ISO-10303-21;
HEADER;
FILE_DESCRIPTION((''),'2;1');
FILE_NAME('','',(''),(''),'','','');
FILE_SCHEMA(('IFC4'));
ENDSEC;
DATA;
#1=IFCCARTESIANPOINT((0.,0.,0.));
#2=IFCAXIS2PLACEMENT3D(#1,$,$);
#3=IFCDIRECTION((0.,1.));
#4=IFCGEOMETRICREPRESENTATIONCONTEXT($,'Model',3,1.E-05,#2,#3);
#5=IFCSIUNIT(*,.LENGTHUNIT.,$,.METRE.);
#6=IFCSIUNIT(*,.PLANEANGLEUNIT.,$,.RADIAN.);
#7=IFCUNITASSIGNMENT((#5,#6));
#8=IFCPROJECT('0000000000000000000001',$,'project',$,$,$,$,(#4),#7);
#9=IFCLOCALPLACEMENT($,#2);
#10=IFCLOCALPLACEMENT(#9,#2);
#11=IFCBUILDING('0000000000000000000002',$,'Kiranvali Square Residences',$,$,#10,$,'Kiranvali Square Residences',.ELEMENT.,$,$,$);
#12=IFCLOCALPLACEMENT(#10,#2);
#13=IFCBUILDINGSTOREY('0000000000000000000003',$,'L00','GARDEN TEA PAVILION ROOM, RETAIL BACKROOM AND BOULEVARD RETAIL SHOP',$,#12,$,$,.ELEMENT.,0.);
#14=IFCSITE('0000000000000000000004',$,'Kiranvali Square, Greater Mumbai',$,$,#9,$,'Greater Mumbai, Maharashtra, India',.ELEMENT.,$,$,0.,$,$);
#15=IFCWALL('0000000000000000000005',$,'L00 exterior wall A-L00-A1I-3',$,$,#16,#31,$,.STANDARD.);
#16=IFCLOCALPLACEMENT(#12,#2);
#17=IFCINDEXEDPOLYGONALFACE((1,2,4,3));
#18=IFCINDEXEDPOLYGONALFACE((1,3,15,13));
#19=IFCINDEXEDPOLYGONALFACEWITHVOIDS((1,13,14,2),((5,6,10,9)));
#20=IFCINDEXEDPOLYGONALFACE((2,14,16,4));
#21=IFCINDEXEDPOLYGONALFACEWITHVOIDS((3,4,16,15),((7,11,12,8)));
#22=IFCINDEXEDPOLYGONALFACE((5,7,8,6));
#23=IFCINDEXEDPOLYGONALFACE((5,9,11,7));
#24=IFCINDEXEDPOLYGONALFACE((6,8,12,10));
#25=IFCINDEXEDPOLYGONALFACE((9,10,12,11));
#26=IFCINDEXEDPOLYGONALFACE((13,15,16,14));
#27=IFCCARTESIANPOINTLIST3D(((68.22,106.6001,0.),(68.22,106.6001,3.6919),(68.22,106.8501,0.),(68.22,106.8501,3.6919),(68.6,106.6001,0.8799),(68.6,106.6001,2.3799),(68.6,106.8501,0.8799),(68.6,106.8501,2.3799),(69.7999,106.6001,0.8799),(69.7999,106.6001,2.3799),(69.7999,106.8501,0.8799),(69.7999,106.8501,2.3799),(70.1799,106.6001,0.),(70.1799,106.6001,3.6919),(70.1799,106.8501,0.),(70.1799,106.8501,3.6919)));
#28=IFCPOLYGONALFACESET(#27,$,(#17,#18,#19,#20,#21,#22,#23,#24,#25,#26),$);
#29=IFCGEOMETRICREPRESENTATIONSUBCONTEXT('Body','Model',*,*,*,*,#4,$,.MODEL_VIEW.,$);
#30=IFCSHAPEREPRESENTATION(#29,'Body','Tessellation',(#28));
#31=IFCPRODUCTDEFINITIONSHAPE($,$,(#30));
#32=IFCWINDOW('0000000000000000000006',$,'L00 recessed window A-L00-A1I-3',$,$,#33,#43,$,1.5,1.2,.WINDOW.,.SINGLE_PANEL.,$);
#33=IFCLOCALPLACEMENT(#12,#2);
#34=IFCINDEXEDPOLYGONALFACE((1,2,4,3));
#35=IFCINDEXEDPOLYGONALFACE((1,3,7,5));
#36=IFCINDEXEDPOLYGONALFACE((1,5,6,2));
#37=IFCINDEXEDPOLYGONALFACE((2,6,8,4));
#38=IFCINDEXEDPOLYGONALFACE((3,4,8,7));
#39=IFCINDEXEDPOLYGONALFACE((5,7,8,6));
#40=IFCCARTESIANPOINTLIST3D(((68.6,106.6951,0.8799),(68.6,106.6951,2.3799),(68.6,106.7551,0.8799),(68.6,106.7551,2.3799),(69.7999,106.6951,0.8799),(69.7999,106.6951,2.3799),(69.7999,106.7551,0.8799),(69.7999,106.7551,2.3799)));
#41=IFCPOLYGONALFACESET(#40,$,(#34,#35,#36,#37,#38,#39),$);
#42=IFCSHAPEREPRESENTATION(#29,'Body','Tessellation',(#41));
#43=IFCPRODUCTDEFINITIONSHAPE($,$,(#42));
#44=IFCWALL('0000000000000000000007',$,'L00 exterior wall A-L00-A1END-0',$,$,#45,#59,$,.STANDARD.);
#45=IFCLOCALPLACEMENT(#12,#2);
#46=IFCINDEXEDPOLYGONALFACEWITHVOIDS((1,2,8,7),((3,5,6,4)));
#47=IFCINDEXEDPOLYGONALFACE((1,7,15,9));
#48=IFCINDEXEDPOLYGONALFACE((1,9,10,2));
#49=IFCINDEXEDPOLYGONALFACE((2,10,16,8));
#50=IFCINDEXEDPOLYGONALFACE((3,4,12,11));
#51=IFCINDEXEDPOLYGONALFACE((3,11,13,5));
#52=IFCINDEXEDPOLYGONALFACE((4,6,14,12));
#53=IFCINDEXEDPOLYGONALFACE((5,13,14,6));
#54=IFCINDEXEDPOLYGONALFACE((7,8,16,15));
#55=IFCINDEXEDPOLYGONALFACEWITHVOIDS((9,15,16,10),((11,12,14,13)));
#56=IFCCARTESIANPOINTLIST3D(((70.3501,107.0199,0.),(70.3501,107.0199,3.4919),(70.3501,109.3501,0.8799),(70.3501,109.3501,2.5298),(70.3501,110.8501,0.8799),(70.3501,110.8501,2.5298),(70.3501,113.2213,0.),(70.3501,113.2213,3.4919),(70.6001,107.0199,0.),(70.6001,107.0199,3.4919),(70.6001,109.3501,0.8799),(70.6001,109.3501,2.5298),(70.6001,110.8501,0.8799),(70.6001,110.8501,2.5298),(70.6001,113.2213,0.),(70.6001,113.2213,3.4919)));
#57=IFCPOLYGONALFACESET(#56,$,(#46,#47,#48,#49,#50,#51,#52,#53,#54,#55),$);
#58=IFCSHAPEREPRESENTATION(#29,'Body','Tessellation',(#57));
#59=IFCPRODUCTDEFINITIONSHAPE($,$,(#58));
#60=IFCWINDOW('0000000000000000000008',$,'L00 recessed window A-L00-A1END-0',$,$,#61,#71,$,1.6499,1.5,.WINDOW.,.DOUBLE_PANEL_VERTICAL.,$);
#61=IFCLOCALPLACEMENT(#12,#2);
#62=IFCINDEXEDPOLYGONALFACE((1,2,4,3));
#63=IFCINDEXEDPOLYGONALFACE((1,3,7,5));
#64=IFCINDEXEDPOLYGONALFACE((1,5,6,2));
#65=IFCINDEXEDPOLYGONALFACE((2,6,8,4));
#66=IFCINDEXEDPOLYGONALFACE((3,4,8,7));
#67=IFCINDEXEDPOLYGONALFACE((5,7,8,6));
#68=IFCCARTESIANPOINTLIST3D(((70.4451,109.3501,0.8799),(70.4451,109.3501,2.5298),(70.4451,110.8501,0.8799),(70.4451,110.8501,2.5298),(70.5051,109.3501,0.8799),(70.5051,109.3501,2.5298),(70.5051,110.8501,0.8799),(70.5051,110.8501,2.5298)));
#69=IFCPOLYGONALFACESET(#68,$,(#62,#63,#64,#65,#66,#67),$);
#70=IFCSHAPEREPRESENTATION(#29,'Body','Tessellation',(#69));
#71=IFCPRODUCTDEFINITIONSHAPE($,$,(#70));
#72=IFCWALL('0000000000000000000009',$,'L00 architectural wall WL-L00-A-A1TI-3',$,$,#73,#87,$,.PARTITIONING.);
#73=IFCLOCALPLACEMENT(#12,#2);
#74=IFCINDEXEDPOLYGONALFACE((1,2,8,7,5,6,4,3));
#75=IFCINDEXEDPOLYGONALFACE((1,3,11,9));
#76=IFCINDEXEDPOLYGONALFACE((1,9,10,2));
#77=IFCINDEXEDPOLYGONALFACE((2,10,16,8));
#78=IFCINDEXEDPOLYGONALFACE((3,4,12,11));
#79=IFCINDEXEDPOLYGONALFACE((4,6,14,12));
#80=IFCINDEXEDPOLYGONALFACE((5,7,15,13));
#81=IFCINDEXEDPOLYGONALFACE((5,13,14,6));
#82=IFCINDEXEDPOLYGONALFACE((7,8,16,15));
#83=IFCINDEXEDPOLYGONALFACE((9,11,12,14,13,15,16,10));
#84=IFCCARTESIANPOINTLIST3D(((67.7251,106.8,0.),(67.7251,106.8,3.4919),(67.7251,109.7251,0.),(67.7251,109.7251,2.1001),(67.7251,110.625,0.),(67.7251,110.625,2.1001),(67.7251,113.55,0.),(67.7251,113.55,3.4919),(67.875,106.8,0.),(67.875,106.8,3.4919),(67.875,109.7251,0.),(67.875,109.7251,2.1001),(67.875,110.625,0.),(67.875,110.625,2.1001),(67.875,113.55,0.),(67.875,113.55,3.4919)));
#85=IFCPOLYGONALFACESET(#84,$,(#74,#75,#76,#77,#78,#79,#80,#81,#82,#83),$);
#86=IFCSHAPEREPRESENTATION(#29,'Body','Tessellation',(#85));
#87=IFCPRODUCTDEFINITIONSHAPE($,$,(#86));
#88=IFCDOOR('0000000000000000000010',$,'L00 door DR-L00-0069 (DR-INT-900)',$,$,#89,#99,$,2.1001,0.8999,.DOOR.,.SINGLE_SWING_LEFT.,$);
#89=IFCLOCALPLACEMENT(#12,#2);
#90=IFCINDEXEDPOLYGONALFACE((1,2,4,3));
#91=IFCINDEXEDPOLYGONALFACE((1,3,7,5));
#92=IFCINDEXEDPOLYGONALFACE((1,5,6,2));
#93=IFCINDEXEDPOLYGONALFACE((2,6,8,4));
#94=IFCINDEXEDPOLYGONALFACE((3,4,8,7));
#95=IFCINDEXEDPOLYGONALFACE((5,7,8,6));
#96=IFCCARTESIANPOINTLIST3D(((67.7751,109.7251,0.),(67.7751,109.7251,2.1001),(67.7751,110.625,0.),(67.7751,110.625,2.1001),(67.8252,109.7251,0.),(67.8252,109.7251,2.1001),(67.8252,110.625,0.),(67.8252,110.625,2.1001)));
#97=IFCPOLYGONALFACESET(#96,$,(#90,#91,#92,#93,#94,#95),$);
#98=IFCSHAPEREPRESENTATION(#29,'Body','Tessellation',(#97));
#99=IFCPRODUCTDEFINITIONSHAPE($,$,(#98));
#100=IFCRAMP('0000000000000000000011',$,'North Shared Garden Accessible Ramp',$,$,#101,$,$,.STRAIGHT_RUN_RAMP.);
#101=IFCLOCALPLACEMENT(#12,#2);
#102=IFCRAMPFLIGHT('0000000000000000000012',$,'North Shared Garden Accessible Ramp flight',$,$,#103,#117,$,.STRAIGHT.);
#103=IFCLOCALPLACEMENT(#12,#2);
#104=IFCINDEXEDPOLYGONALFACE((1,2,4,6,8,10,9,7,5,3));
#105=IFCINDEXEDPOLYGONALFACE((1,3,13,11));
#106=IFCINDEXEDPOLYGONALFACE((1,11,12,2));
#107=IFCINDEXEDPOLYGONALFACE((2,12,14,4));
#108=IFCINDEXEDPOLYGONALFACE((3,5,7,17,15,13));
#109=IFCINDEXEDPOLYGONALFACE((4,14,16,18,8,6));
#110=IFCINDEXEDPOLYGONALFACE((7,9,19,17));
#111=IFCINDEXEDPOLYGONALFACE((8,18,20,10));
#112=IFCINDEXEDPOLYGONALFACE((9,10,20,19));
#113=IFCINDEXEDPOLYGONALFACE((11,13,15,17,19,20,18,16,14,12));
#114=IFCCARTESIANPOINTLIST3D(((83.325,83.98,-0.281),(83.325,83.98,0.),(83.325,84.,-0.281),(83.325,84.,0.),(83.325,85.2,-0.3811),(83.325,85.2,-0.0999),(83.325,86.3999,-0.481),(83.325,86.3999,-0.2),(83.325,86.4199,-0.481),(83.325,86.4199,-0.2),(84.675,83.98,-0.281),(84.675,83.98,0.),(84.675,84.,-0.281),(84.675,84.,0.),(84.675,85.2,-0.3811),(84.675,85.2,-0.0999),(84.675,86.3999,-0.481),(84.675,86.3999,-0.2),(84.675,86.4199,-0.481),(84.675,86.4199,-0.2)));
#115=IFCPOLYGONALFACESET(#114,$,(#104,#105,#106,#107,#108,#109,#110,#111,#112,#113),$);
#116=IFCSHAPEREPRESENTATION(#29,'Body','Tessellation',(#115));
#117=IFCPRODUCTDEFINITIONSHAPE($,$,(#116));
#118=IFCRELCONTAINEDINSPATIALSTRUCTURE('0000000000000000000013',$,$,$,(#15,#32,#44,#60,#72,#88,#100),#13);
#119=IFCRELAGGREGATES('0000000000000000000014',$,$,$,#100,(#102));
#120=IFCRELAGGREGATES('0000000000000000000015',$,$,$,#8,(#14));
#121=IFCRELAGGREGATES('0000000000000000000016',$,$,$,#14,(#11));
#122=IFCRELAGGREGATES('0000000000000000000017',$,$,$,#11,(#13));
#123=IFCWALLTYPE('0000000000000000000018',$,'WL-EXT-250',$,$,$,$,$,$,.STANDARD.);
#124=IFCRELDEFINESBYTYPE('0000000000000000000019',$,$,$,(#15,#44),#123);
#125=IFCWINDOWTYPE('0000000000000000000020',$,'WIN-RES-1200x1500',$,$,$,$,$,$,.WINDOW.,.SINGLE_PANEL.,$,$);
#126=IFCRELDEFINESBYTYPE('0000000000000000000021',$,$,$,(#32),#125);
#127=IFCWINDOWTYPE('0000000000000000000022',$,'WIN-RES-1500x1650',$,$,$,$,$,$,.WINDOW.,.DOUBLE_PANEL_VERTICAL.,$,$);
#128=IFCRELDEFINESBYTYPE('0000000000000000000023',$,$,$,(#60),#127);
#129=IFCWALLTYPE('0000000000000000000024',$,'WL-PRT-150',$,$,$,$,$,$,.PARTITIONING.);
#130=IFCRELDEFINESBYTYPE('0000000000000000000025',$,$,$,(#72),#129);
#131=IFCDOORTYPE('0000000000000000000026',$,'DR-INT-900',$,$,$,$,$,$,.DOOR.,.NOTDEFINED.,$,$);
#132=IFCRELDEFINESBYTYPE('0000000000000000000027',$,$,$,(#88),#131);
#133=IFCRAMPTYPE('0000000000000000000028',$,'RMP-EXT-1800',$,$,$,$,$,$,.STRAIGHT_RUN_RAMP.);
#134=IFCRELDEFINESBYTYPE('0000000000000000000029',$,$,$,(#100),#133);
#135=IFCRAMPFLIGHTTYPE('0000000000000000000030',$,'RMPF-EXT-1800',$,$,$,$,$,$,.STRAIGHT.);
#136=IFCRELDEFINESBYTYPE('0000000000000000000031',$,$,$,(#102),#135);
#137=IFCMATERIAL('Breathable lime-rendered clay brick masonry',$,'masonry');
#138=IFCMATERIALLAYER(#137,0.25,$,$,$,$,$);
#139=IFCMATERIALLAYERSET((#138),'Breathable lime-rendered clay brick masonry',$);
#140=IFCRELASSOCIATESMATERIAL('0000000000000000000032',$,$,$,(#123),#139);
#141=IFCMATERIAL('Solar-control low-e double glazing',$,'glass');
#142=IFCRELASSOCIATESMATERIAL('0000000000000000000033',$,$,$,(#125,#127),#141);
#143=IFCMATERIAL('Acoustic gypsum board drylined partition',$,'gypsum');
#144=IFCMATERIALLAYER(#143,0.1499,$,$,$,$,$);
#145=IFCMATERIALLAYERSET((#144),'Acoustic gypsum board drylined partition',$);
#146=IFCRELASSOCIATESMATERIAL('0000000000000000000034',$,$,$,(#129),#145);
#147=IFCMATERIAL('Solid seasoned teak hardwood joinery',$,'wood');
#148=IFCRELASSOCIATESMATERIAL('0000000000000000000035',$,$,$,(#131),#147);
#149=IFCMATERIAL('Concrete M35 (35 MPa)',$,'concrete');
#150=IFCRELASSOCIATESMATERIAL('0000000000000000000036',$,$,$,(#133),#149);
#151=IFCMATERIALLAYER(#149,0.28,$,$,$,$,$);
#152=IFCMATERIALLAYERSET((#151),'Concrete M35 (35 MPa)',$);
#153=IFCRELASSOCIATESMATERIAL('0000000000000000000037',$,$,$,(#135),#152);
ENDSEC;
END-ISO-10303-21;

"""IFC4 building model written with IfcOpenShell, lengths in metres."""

from ifc_helpers import new_model, si_unit, direction, frame, frame_2d, origin, place, context, subcontext, project, spatial, polyline, rectangle, outline, extrude, material, layer, layer_set, type_object, element, fill, aggregate, save


model = new_model("IFC4")

# Units and contexts
model_context = context("Model", 3, precision=1e-05, world=origin(), true_north=direction((0.0, 1.0)))
body_context = subcontext(model_context, "Body", "Model", "MODEL_VIEW")
ifc_project = project(units=[si_unit("LENGTHUNIT", "METRE"), si_unit("PLANEANGLEUNIT", "RADIAN")], contexts=[model_context])

# Site, building, storey
site_placement = place(None, origin())
site = spatial("IfcSite", under=ifc_project, at=site_placement, Name="Kiranvali Square, Greater Mumbai", LongName="Greater Mumbai, Maharashtra, India", CompositionType="ELEMENT", RefElevation=0.0)
building_placement = place(site_placement, origin())
building = spatial("IfcBuilding", under=site, at=building_placement, Name="Kiranvali Square Residences", LongName="Kiranvali Square Residences", CompositionType="ELEMENT")
storey_placement = place(building_placement, origin())
storey = spatial("IfcBuildingStorey", under=building, at=storey_placement, Name="L00", Description="GARDEN TEA PAVILION ROOM, RETAIL BACKROOM AND BOULEVARD RETAIL SHOP", CompositionType="ELEMENT", Elevation=0.0)

# Walls, openings, windows
ifc_material_1 = material(Name="Breathable lime-rendered clay brick masonry", Category="masonry")
ifc_layer_1 = layer(ifc_material_1, 0.25)
ifc_layer_set_1 = layer_set([ifc_layer_1], Name="Breathable lime-rendered clay brick masonry")
wall_type_1 = type_object("IfcWallType", Name="WL-EXT-250", PredefinedType="STANDARD", material=ifc_layer_set_1)
ifc_material_2 = material(Name="Solar-control low-e double glazing", Category="glass")
window_type_1 = type_object("IfcWindowType", Name="WIN-RES-1200x1500", PartitioningType="SINGLE_PANEL", PredefinedType="WINDOW", material=ifc_material_2)
wall_1_placement = place(storey_placement, frame((68.22, 106.7251, 0.0), z_axis=(0.0, 0.0, 1.0), x_axis=(1.0, 0.0, 0.0)))
wall_1 = element("IfcWall", 1, at=wall_1_placement, inside=storey, type_object=wall_type_1, Name="L00 exterior wall A-L00-A1I-3", PredefinedType="STANDARD", context=body_context, shape_type="SweptSolid", body=[
    extrude(rectangle(XDim=1.96, YDim=0.25, at=frame_2d((0.98, 0.0))), origin(), (0.0, 0.0, 1.0), 3.6919),
])
opening_1_placement = place(wall_1_placement, frame((0.3799, 0.0, 0.8799)))
opening_1 = element("IfcOpeningElement", 2, at=opening_1_placement, cuts=wall_1, PredefinedType="OPENING", context=body_context, shape_type="SweptSolid", body=[
    extrude(rectangle(XDim=1.2, YDim=1.5, at=frame_2d((0.6001, 0.75))), frame((0.0, 0.135, 0.0), z_axis=(0.0, -1.0, 0.0), x_axis=(1.0, 0.0, 0.0)), (0.0, 0.0, 1.0), 0.27),
])
window_1_placement = place(opening_1_placement, origin())
window_1 = element("IfcWindow", 3, at=window_1_placement, inside=storey, type_object=window_type_1, Name="L00 recessed window A-L00-A1I-3", OverallHeight=1.5, OverallWidth=1.2, PartitioningType="SINGLE_PANEL", PredefinedType="WINDOW", context=body_context, shape_type="SweptSolid", body=[
    extrude(rectangle(XDim=1.2, YDim=1.5, at=frame_2d((0.6001, 0.75))), frame((0.0, 0.03, 0.0), z_axis=(0.0, -1.0, 0.0), x_axis=(1.0, 0.0, 0.0)), (0.0, 0.0, 1.0), 0.0601),
])
fill(opening_1, window_1)
wall_2_placement = place(storey_placement, frame((70.4751, 107.02, 0.0), z_axis=(0.0, 0.0, 1.0), x_axis=(0.0, 1.0, 0.0)))
wall_2 = element("IfcWall", 4, at=wall_2_placement, inside=storey, type_object=wall_type_1, Name="L00 exterior wall A-L00-A1END-0", PredefinedType="STANDARD", context=body_context, shape_type="SweptSolid", body=[
    extrude(rectangle(XDim=6.2014, YDim=0.25, at=frame_2d((3.1006, 0.0))), origin(), (0.0, 0.0, 1.0), 3.4919),
])
opening_2_placement = place(wall_2_placement, frame((2.3301, 0.0, 0.8799)))
opening_2 = element("IfcOpeningElement", 5, at=opening_2_placement, cuts=wall_2, PredefinedType="OPENING", context=body_context, shape_type="SweptSolid", body=[
    extrude(rectangle(XDim=1.5, YDim=1.6499, at=frame_2d((0.75, 0.825))), frame((0.0, 0.135, 0.0), z_axis=(0.0, -1.0, 0.0), x_axis=(1.0, 0.0, 0.0)), (0.0, 0.0, 1.0), 0.27),
])
window_type_2 = type_object("IfcWindowType", Name="WIN-RES-1500x1650", PartitioningType="DOUBLE_PANEL_VERTICAL", PredefinedType="WINDOW", material=ifc_material_2)
window_2_placement = place(opening_2_placement, origin())
window_2 = element("IfcWindow", 6, at=window_2_placement, inside=storey, type_object=window_type_2, Name="L00 recessed window A-L00-A1END-0", OverallHeight=1.6499, OverallWidth=1.5, PartitioningType="DOUBLE_PANEL_VERTICAL", PredefinedType="WINDOW", context=body_context, shape_type="SweptSolid", body=[
    extrude(rectangle(XDim=1.5, YDim=1.6499, at=frame_2d((0.75, 0.825))), frame((0.0, 0.03, 0.0), z_axis=(0.0, -1.0, 0.0), x_axis=(1.0, 0.0, 0.0)), (0.0, 0.0, 1.0), 0.0601),
])
fill(opening_2, window_2)

# Wall, opening, door
ifc_material_3 = material(Name="Acoustic gypsum board drylined partition", Category="gypsum")
ifc_layer_2 = layer(ifc_material_3, 0.1499)
ifc_layer_set_2 = layer_set([ifc_layer_2], Name="Acoustic gypsum board drylined partition")
wall_type_2 = type_object("IfcWallType", Name="WL-PRT-150", PredefinedType="PARTITIONING", material=ifc_layer_set_2)
wall_3_placement = place(storey_placement, frame((67.8, 106.8, 0.0), z_axis=(0.0, 0.0, 1.0), x_axis=(0.0, 1.0, 0.0)))
wall_3 = element("IfcWall", 7, at=wall_3_placement, inside=storey, type_object=wall_type_2, Name="L00 architectural wall WL-L00-A-A1TI-3", PredefinedType="PARTITIONING", context=body_context, shape_type="SweptSolid", body=[
    extrude(rectangle(XDim=6.75, YDim=0.1499, at=frame_2d((3.375, 0.0))), origin(), (0.0, 0.0, 1.0), 3.4919),
])
opening_3_placement = place(wall_3_placement, frame((2.925, 0.0, 0.0)))
opening_3 = element("IfcOpeningElement", 8, at=opening_3_placement, cuts=wall_3, PredefinedType="OPENING", context=body_context, shape_type="SweptSolid", body=[
    extrude(rectangle(XDim=0.8999, YDim=2.1001, at=frame_2d((0.45, 1.05))), frame((0.0, 0.085, 0.0), z_axis=(0.0, -1.0, 0.0), x_axis=(1.0, 0.0, 0.0)), (0.0, 0.0, 1.0), 0.1699),
])
ifc_material_4 = material(Name="Solid seasoned teak hardwood joinery", Category="wood")
door_type = type_object("IfcDoorType", Name="DR-INT-900", OperationType="NOTDEFINED", PredefinedType="DOOR", material=ifc_material_4)
door_placement = place(opening_3_placement, origin())
door = element("IfcDoor", 9, at=door_placement, inside=storey, type_object=door_type, Name="L00 door DR-L00-0069 (DR-INT-900)", OperationType="SINGLE_SWING_LEFT", OverallHeight=2.1001, OverallWidth=0.8999, PredefinedType="DOOR", context=body_context, shape_type="SweptSolid", body=[
    extrude(rectangle(XDim=0.8999, YDim=2.1001, at=frame_2d((0.45, 1.05))), frame((0.0, 0.0249, 0.0), z_axis=(0.0, -1.0, 0.0), x_axis=(1.0, 0.0, 0.0)), (0.0, 0.0, 1.0), 0.05),
])
fill(opening_3, door)

# Ramp, ramp flight
ifc_material_5 = material(Name="Concrete M35 (35 MPa)", Category="concrete")
ramp_type = type_object("IfcRampType", Name="RMP-EXT-1800", PredefinedType="STRAIGHT_RUN_RAMP", material=ifc_material_5)
ramp_placement = place(storey_placement, origin())
ramp = element("IfcRamp", 10, at=ramp_placement, inside=storey, type_object=ramp_type, Name="North Shared Garden Accessible Ramp", PredefinedType="STRAIGHT_RUN_RAMP")
ifc_layer_3 = layer(ifc_material_5, 0.28)
ifc_layer_set_3 = layer_set([ifc_layer_3], Name="Concrete M35 (35 MPa)")
ramp_flight_type = type_object("IfcRampFlightType", Name="RMPF-EXT-1800", PredefinedType="STRAIGHT", material=ifc_layer_set_3)
ramp_flight_placement = place(storey_placement, frame((84.0, 86.3999, -0.2), z_axis=(0.0, 0.0, 1.0), x_axis=(0.0, -1.0, 0.0)))
ramp_flight = element("IfcRampFlight", 11, at=ramp_flight_placement, type_object=ramp_flight_type, Name="North Shared Garden Accessible Ramp flight", PredefinedType="STRAIGHT", context=body_context, shape_type="SweptSolid", body=[
    extrude(outline(polyline([(-0.02, 0.0), (0.0, 0.0), (1.2, 0.1001), (2.3999, 0.2), (2.4199, 0.2), (2.4199, -0.0811), (2.3999, -0.0811), (1.2, -0.1812), (0.0, -0.281), (-0.02, -0.281), (-0.02, 0.0)])), frame((0.0, 0.675, 0.0), z_axis=(0.0, -1.0, 0.0), x_axis=(1.0, 0.0, 0.0)), (0.0, 0.0, 1.0), 1.3501),
])
aggregate(ramp, [ramp_flight])

save(model, "model.ifc")
